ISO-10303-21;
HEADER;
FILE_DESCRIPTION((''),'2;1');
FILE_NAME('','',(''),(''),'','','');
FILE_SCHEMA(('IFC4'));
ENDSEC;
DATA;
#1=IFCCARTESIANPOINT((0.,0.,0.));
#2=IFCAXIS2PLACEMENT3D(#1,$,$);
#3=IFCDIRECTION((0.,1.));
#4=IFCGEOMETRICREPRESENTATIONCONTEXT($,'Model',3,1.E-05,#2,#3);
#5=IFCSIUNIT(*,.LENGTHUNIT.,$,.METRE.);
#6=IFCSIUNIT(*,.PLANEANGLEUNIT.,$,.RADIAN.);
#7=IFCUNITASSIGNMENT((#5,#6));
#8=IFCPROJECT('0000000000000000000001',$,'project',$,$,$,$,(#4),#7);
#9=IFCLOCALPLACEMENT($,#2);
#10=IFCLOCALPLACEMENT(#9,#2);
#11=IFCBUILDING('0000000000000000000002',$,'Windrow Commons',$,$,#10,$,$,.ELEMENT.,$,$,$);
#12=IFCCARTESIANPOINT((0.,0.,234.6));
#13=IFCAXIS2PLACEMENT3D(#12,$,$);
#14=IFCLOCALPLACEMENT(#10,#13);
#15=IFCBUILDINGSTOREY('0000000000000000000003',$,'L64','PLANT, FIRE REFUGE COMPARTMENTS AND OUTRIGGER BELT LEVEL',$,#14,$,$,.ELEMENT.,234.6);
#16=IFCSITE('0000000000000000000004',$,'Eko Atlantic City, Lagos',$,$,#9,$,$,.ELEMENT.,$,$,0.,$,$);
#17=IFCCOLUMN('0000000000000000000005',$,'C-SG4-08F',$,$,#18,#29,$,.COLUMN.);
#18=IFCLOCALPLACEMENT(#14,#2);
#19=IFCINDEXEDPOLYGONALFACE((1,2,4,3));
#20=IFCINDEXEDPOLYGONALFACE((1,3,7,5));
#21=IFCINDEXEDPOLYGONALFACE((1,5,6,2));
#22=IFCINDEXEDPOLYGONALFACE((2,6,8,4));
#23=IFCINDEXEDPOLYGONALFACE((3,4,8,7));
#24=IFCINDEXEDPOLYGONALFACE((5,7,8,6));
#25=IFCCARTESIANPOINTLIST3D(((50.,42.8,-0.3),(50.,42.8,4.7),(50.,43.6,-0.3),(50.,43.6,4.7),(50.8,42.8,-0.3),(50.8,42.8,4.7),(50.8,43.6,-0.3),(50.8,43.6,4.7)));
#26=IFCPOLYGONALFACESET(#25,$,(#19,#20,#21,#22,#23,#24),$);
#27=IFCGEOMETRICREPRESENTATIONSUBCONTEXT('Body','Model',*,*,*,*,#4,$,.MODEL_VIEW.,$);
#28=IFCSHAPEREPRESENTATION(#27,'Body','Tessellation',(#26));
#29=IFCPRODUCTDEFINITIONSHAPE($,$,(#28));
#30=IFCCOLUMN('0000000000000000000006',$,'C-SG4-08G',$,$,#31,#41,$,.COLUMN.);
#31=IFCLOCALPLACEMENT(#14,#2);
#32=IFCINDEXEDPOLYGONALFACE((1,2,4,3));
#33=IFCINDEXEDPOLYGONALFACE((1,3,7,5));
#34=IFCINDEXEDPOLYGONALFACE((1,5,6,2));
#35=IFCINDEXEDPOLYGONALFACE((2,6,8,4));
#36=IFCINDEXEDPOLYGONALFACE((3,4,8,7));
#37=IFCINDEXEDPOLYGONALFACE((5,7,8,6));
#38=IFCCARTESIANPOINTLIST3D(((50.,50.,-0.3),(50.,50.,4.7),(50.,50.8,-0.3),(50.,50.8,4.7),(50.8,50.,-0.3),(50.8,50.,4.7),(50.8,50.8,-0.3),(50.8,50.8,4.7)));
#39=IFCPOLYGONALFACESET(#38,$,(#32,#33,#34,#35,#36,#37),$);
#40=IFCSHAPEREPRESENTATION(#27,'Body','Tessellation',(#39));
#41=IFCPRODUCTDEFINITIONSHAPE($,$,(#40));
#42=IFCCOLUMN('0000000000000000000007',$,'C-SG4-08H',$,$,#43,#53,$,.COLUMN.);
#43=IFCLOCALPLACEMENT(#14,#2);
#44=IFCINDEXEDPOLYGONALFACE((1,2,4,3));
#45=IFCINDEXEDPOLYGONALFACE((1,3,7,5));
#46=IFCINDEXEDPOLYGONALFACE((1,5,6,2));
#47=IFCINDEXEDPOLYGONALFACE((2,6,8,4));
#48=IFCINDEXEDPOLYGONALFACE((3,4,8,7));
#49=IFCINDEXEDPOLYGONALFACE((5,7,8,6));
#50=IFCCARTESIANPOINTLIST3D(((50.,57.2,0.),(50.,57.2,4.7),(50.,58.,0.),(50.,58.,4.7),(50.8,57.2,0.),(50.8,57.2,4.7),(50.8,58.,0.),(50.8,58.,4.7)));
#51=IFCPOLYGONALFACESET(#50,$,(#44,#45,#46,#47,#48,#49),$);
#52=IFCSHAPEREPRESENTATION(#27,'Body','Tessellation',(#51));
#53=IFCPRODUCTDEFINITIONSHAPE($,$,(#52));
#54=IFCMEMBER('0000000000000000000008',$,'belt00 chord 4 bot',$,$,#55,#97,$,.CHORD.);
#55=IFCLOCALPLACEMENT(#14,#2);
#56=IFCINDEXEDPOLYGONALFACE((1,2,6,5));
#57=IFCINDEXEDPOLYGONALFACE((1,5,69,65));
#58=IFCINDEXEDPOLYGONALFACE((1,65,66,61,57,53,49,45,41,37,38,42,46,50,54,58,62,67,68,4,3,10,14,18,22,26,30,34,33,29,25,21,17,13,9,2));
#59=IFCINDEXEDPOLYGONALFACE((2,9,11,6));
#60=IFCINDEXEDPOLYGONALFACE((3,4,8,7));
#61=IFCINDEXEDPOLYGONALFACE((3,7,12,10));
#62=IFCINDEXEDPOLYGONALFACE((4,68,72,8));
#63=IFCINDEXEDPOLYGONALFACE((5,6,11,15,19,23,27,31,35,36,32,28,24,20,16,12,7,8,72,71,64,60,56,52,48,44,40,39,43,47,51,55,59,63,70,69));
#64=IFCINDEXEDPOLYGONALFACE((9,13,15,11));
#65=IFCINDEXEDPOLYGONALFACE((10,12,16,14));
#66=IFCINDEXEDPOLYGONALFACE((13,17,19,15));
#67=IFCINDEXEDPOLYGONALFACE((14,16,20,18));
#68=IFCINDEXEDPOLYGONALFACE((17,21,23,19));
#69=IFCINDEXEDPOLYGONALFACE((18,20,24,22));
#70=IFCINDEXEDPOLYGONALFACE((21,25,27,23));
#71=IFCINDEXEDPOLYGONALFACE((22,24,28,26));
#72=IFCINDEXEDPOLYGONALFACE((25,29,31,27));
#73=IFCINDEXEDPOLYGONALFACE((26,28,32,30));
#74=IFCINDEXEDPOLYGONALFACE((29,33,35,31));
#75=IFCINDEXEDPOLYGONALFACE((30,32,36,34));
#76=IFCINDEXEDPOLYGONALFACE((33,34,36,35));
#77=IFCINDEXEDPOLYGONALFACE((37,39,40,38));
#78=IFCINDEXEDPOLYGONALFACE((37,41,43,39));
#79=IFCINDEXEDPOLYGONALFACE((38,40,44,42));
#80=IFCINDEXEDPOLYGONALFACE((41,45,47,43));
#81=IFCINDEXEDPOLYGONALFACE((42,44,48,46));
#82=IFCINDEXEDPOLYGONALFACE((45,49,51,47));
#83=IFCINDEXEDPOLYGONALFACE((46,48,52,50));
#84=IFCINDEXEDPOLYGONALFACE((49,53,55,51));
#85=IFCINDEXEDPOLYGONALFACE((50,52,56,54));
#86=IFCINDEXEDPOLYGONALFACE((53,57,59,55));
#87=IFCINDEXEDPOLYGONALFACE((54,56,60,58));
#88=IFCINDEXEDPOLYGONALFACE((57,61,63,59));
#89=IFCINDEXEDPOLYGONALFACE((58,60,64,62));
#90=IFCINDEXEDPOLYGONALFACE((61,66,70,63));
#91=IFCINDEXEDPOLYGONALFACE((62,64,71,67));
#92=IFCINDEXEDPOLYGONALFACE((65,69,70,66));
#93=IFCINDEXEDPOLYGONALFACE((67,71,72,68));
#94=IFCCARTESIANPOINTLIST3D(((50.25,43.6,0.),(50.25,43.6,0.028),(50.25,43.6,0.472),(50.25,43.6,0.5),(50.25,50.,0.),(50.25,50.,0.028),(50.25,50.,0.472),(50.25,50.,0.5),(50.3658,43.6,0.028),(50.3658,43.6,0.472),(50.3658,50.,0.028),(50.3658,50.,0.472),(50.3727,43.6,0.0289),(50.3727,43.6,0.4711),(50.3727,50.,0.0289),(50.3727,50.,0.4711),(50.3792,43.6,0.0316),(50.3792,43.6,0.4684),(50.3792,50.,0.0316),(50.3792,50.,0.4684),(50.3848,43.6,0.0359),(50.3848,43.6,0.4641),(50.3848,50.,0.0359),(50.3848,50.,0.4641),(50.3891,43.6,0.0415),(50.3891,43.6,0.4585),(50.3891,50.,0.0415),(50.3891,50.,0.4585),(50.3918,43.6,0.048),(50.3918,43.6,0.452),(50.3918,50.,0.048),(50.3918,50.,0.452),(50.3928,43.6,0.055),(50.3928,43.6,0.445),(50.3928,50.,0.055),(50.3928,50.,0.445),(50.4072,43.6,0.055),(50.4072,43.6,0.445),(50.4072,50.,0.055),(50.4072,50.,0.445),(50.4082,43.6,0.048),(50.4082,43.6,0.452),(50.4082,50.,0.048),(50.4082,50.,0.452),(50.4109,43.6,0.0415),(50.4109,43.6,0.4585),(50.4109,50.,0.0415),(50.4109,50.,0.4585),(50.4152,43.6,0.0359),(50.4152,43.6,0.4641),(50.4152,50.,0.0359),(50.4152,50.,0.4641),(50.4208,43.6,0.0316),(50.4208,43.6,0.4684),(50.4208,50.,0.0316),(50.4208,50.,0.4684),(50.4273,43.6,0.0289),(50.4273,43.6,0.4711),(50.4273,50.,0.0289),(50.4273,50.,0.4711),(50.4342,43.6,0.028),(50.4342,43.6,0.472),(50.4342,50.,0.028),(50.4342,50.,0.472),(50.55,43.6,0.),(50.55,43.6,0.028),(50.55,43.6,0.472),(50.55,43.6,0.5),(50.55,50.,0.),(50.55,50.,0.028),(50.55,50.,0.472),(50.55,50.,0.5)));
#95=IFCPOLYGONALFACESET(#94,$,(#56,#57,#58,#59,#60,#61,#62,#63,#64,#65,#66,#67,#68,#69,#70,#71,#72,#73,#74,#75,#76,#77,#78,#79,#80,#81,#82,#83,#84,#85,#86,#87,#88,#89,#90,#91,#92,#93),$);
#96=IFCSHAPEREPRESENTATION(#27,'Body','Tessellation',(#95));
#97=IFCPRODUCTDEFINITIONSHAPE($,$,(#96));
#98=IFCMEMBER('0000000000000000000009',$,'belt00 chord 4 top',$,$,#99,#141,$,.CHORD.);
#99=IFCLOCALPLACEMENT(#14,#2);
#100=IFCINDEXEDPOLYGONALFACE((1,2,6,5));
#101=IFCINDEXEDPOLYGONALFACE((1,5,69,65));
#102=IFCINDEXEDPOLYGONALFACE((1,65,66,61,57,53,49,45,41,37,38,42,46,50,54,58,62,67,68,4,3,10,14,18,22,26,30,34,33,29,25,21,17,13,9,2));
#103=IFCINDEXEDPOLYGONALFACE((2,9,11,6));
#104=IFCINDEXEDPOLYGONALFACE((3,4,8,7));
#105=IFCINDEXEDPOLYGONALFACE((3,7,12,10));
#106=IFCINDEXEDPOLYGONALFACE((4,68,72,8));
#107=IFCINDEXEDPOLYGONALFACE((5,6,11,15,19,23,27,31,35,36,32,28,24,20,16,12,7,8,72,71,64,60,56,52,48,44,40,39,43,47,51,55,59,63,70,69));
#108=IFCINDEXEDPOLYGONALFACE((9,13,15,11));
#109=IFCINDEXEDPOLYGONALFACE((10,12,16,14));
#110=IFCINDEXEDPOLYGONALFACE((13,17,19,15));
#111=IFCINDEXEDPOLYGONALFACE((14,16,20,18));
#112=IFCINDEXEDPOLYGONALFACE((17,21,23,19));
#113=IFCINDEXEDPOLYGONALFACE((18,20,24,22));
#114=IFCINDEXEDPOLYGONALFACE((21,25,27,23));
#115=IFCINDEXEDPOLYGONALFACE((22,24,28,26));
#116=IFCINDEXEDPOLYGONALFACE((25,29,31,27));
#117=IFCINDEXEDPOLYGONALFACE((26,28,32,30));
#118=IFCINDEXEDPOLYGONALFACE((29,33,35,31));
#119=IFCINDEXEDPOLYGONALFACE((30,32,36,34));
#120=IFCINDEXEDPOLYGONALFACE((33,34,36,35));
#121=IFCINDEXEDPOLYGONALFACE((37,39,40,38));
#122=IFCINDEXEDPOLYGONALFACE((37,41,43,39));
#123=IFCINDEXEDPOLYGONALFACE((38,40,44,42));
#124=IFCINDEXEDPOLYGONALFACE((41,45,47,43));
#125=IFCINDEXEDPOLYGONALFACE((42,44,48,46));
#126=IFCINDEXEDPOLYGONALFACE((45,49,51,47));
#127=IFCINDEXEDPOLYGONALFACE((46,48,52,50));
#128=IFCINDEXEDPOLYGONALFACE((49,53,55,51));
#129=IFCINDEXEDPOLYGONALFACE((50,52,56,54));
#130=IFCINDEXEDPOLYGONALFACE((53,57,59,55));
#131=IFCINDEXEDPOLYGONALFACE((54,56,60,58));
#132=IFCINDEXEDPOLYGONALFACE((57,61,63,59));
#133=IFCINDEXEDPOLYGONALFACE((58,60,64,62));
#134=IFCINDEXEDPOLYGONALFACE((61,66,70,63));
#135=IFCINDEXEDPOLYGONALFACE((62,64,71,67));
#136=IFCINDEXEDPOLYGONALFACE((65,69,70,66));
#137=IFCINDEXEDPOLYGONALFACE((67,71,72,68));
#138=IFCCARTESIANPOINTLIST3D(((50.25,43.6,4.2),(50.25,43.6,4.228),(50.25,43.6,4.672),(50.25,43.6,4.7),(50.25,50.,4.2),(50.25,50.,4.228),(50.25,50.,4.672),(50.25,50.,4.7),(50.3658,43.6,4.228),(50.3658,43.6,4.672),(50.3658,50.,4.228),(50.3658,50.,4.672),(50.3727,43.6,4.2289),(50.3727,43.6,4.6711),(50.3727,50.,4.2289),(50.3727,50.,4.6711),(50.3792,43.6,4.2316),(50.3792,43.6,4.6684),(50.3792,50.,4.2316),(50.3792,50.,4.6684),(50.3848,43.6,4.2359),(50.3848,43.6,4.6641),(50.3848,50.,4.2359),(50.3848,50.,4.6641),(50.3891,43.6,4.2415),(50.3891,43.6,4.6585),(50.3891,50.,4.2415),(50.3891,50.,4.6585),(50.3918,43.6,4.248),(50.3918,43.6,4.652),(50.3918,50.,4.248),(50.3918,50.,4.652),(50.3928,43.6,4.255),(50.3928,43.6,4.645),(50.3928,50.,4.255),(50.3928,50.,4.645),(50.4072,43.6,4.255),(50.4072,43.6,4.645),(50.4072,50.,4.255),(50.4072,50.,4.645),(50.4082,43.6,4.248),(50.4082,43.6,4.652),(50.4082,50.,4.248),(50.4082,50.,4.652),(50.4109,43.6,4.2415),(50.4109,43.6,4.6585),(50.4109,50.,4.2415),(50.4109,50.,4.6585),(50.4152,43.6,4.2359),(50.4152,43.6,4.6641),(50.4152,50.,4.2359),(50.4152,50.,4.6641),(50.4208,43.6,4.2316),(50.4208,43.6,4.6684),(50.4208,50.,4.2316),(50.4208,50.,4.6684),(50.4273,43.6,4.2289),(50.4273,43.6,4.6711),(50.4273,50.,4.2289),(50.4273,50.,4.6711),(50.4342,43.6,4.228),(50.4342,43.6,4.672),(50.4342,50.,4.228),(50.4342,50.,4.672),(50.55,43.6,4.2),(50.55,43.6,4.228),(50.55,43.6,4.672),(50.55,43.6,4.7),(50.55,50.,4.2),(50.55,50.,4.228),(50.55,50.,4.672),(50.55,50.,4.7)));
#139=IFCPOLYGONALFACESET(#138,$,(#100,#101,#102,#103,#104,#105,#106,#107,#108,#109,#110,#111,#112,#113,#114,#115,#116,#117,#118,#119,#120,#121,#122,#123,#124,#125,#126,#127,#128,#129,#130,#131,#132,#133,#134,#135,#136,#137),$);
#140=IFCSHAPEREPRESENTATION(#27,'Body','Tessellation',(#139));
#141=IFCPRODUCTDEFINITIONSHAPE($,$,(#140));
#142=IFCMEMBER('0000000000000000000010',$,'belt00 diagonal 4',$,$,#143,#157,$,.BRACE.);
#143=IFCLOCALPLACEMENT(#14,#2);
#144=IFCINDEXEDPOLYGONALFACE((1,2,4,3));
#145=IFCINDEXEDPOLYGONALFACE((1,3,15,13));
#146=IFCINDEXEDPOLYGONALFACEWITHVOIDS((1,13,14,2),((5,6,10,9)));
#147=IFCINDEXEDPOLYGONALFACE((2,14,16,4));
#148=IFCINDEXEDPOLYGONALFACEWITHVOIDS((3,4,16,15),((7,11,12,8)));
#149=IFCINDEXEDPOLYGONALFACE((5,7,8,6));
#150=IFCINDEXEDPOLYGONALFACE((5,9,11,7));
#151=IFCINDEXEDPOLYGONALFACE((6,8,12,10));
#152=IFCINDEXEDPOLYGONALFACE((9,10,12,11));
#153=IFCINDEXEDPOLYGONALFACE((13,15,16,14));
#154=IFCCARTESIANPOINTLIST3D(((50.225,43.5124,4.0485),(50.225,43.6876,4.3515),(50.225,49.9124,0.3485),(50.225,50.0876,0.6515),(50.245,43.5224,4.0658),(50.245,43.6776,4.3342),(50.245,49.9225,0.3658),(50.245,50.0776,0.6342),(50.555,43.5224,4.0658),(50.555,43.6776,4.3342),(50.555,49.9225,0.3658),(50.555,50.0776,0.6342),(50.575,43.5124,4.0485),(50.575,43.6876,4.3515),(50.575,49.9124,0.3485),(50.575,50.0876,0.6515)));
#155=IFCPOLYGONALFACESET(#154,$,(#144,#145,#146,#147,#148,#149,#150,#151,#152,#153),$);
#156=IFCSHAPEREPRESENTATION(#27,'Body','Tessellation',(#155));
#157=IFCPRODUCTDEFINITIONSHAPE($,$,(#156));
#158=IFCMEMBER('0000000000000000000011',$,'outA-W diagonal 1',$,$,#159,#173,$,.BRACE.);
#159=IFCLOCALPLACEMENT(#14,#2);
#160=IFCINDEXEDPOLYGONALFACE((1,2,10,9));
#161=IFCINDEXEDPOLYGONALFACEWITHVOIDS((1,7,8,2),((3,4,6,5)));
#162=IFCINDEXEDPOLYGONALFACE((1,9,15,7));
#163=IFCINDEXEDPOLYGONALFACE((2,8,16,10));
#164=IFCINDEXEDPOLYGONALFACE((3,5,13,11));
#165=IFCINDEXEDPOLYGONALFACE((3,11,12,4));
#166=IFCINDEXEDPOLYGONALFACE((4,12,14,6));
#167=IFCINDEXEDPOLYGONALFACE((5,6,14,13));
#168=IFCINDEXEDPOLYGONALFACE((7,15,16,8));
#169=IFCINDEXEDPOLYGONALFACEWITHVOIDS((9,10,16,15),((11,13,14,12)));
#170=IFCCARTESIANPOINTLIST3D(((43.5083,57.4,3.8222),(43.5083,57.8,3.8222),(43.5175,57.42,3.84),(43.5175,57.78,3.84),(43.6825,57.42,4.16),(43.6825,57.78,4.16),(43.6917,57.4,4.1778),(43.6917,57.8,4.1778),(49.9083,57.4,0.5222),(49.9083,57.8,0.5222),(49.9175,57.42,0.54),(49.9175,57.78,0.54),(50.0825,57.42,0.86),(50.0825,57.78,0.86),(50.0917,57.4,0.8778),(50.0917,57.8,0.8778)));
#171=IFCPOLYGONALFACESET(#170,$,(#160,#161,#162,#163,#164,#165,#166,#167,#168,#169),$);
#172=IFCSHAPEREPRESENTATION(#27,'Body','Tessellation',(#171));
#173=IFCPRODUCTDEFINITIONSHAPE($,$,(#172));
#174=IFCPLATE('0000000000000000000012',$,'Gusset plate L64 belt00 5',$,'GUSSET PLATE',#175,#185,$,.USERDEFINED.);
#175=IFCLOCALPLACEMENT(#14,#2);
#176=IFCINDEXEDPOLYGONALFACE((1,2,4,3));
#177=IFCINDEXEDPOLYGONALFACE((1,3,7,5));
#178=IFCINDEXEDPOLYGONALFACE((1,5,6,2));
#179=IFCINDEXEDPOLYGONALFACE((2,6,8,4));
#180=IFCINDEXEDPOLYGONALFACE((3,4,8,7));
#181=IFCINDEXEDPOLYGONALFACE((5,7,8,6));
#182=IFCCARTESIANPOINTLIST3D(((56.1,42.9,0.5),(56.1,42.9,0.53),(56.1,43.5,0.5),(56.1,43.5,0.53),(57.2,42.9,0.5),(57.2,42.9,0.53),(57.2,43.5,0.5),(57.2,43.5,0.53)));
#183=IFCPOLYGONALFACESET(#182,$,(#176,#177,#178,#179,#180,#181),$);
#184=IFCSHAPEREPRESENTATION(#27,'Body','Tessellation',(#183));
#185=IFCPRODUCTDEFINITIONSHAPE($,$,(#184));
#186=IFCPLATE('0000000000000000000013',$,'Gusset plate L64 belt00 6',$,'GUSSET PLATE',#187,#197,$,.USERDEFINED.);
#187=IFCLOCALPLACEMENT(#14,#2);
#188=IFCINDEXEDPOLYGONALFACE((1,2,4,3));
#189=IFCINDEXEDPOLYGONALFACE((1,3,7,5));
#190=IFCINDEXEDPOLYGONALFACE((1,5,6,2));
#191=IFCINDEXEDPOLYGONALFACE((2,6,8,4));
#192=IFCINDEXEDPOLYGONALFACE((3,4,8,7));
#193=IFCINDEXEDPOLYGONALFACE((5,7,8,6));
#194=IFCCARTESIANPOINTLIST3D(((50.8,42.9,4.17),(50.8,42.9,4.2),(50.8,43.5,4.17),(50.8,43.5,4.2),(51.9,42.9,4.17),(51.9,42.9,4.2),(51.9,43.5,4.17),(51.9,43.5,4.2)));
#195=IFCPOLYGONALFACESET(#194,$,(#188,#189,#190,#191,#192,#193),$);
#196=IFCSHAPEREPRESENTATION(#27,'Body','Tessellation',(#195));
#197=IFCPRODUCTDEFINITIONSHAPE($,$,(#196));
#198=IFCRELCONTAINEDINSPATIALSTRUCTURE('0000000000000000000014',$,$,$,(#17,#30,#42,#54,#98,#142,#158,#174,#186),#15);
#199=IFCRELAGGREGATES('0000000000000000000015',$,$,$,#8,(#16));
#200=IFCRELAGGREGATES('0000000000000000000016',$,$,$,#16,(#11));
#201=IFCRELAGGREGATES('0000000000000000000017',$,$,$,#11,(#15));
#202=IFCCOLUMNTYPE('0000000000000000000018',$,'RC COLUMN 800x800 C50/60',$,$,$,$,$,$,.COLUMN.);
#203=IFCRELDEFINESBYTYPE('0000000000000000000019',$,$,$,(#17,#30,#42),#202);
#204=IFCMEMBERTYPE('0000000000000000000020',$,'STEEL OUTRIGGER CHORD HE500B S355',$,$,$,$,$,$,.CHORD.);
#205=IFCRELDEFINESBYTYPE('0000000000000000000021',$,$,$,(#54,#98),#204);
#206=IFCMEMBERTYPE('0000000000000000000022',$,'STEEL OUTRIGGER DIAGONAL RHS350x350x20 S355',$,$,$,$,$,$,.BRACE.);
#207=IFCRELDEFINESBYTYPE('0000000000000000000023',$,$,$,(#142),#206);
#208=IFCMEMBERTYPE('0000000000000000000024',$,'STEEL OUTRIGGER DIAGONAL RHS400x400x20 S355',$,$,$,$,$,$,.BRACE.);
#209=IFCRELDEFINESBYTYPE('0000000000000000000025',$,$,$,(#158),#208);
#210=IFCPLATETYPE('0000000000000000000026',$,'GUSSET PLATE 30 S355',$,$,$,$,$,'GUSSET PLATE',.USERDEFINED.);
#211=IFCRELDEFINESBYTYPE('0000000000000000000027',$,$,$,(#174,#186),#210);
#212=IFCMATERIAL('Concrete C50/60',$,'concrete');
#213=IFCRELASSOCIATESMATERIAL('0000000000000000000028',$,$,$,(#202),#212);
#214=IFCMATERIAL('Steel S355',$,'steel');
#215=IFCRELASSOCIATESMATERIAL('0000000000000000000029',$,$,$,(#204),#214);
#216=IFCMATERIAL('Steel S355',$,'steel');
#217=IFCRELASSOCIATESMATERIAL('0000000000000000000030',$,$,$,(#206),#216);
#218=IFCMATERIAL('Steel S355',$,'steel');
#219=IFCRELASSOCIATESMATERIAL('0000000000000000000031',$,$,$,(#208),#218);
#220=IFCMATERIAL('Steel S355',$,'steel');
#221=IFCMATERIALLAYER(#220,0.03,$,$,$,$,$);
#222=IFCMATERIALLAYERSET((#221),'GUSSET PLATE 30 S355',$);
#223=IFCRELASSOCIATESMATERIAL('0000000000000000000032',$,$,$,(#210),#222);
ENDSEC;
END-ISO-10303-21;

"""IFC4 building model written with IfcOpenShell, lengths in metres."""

from ifc_helpers import new_model, si_unit, direction, frame, origin, origin_2d, place, context, subcontext, project, spatial, rectangle, hollow_rectangle, i_section, extrude, material, layer, layer_set, material_profile, profile_set, type_object, element, save


model = new_model("IFC4")

# Units and contexts
model_context = context("Model", 3, precision=1e-05, world=origin(), true_north=direction((0.0, 1.0)))
body_context = subcontext(model_context, "Body", "Model", "MODEL_VIEW")
ifc_project = project(units=[si_unit("LENGTHUNIT", "METRE"), si_unit("PLANEANGLEUNIT", "RADIAN")], contexts=[model_context])

# Site, building, storey
site_placement = place(None, origin())
site = spatial("IfcSite", under=ifc_project, at=site_placement, Name="Eko Atlantic City, Lagos", CompositionType="ELEMENT", RefElevation=0.0)
building_placement = place(site_placement, origin())
building = spatial("IfcBuilding", under=site, at=building_placement, Name="Windrow Commons", CompositionType="ELEMENT")
storey_placement = place(building_placement, frame((0.0, 0.0, 234.6)))
storey = spatial("IfcBuildingStorey", under=building, at=storey_placement, Name="L64", Description="PLANT, FIRE REFUGE COMPARTMENTS AND OUTRIGGER BELT LEVEL", CompositionType="ELEMENT", Elevation=234.6)

# Columns
ifc_material_1 = material(Name="Concrete C50/60", Category="concrete")
ifc_material_profile_1 = material_profile(ifc_material_1, rectangle(XDim=0.8, YDim=0.8, at=origin_2d()))
ifc_profile_set_1 = profile_set([ifc_material_profile_1], Name="Concrete C50/60")
column_type = type_object("IfcColumnType", Name="RC COLUMN 800x800 C50/60", PredefinedType="COLUMN", material=ifc_profile_set_1)
for number, where, z_axis, x_axis, name in (
    (1, (50.4, 43.2, -0.3), (0.0, 0.0, 1.0), (1.0, 0.0, 0.0), "C-SG4-08F"),
    (2, (50.4, 50.4, -0.3), (0.0, 0.0, 1.0), (1.0, 0.0, 0.0), "C-SG4-08G"),
):
    element("IfcColumn", number, at=place(storey_placement, frame(where, z_axis=z_axis, x_axis=x_axis)), inside=storey, type_object=column_type, Name=name, PredefinedType="COLUMN", context=body_context, shape_type="SweptSolid", body=[
        extrude(rectangle(XDim=0.8, YDim=0.8, at=origin_2d()), origin(), (0.0, 0.0, 1.0), 5.0),
    ])
column_placement = place(storey_placement, frame((50.4, 57.6, 0.0), z_axis=(0.0, 0.0, 1.0), x_axis=(1.0, 0.0, 0.0)))
element("IfcColumn", 3, at=column_placement, inside=storey, type_object=column_type, Name="C-SG4-08H", PredefinedType="COLUMN", context=body_context, shape_type="SweptSolid", body=[
    extrude(rectangle(XDim=0.8, YDim=0.8, at=origin_2d()), origin(), (0.0, 0.0, 1.0), 4.7),
])

# Members
ifc_material_2 = material(Name="Steel S355", Category="steel")
ifc_material_profile_2 = material_profile(ifc_material_2, i_section(OverallWidth=0.3, OverallDepth=0.5, WebThickness=0.0145, FlangeThickness=0.028, FilletRadius=0.027, at=origin_2d()))
ifc_profile_set_2 = profile_set([ifc_material_profile_2], Name="Steel S355")
member_type_1 = type_object("IfcMemberType", Name="STEEL OUTRIGGER CHORD HE500B S355", PredefinedType="CHORD", material=ifc_profile_set_2)
for number, where, z_axis, x_axis, name in (
    (4, (50.4, 43.6, 0.25), (0.0, 1.0, 0.0), (-1.0, 0.0, 0.0), "belt00 chord 4 bot"),
    (5, (50.4, 43.6, 4.45), (0.0, 1.0, 0.0), (-1.0, 0.0, 0.0), "belt00 chord 4 top"),
):
    element("IfcMember", number, at=place(storey_placement, frame(where, z_axis=z_axis, x_axis=x_axis)), inside=storey, type_object=member_type_1, Name=name, PredefinedType="CHORD", context=body_context, shape_type="SweptSolid", body=[
        extrude(i_section(OverallWidth=0.3, OverallDepth=0.5, WebThickness=0.0145, FlangeThickness=0.028, FilletRadius=0.027, at=origin_2d()), origin(), (0.0, 0.0, 1.0), 6.4),
    ])
ifc_material_3 = material(Name="Steel S355", Category="steel")
ifc_material_profile_3 = material_profile(ifc_material_3, hollow_rectangle(XDim=0.35, YDim=0.35, WallThickness=0.02, at=origin_2d()))
ifc_profile_set_3 = profile_set([ifc_material_profile_3], Name="Steel S355")
member_type_2 = type_object("IfcMemberType", Name="STEEL OUTRIGGER DIAGONAL RHS350x350x20 S355", PredefinedType="BRACE", material=ifc_profile_set_3)
member_1_placement = place(storey_placement, frame((50.4, 43.6, 4.2), z_axis=(0.0, 0.865735, -0.500503), x_axis=(-1.0, 0.0, 0.0)))
element("IfcMember", 6, at=member_1_placement, inside=storey, type_object=member_type_2, Name="belt00 diagonal 4", PredefinedType="BRACE", context=body_context, shape_type="SweptSolid", body=[
    extrude(hollow_rectangle(XDim=0.35, YDim=0.35, WallThickness=0.02, at=origin_2d()), origin(), (0.0, 0.0, 1.0), 7.3926),
])
ifc_material_4 = material(Name="Steel S355", Category="steel")
ifc_material_profile_4 = material_profile(ifc_material_4, hollow_rectangle(XDim=0.4, YDim=0.4, WallThickness=0.02, at=origin_2d()))
ifc_profile_set_4 = profile_set([ifc_material_profile_4], Name="Steel S355")
member_type_3 = type_object("IfcMemberType", Name="STEEL OUTRIGGER DIAGONAL RHS400x400x20 S355", PredefinedType="BRACE", material=ifc_profile_set_4)
member_2_placement = place(storey_placement, frame((50.0, 57.6, 0.7), z_axis=(-0.888803, 0.0, 0.458289), x_axis=(0.0, -1.0, 0.0)))
element("IfcMember", 7, at=member_2_placement, inside=storey, type_object=member_type_3, Name="outA-W diagonal 1", PredefinedType="BRACE", context=body_context, shape_type="SweptSolid", body=[
    extrude(hollow_rectangle(XDim=0.4, YDim=0.4, WallThickness=0.02, at=origin_2d()), origin(), (0.0, 0.0, 1.0), 7.2007),
])

# Plates
ifc_material_5 = material(Name="Steel S355", Category="steel")
ifc_layer_1 = layer(ifc_material_5, 0.03)
ifc_layer_set_1 = layer_set([ifc_layer_1], Name="GUSSET PLATE 30 S355")
plate_type = type_object("IfcPlateType", Name="GUSSET PLATE 30 S355", ElementType="GUSSET PLATE", PredefinedType="USERDEFINED", material=ifc_layer_set_1)
for number, where, z_axis, x_axis, name in (
    (8, (56.65, 43.2, 0.5), (0.0, 0.0, 1.0), (-1.0, 0.0, 0.0), "Gusset plate L64 belt00 5"),
    (9, (51.35, 43.2, 4.17), (0.0, 0.0, 1.0), (-1.0, 0.0, 0.0), "Gusset plate L64 belt00 6"),
):
    element("IfcPlate", number, at=place(storey_placement, frame(where, z_axis=z_axis, x_axis=x_axis)), inside=storey, type_object=plate_type, Name=name, ObjectType="GUSSET PLATE", PredefinedType="USERDEFINED", context=body_context, shape_type="SweptSolid", body=[
        extrude(rectangle(XDim=1.1, YDim=0.6, at=origin_2d()), origin(), (0.0, 0.0, 1.0), 0.03),
    ])

save(model, "model.ifc")
